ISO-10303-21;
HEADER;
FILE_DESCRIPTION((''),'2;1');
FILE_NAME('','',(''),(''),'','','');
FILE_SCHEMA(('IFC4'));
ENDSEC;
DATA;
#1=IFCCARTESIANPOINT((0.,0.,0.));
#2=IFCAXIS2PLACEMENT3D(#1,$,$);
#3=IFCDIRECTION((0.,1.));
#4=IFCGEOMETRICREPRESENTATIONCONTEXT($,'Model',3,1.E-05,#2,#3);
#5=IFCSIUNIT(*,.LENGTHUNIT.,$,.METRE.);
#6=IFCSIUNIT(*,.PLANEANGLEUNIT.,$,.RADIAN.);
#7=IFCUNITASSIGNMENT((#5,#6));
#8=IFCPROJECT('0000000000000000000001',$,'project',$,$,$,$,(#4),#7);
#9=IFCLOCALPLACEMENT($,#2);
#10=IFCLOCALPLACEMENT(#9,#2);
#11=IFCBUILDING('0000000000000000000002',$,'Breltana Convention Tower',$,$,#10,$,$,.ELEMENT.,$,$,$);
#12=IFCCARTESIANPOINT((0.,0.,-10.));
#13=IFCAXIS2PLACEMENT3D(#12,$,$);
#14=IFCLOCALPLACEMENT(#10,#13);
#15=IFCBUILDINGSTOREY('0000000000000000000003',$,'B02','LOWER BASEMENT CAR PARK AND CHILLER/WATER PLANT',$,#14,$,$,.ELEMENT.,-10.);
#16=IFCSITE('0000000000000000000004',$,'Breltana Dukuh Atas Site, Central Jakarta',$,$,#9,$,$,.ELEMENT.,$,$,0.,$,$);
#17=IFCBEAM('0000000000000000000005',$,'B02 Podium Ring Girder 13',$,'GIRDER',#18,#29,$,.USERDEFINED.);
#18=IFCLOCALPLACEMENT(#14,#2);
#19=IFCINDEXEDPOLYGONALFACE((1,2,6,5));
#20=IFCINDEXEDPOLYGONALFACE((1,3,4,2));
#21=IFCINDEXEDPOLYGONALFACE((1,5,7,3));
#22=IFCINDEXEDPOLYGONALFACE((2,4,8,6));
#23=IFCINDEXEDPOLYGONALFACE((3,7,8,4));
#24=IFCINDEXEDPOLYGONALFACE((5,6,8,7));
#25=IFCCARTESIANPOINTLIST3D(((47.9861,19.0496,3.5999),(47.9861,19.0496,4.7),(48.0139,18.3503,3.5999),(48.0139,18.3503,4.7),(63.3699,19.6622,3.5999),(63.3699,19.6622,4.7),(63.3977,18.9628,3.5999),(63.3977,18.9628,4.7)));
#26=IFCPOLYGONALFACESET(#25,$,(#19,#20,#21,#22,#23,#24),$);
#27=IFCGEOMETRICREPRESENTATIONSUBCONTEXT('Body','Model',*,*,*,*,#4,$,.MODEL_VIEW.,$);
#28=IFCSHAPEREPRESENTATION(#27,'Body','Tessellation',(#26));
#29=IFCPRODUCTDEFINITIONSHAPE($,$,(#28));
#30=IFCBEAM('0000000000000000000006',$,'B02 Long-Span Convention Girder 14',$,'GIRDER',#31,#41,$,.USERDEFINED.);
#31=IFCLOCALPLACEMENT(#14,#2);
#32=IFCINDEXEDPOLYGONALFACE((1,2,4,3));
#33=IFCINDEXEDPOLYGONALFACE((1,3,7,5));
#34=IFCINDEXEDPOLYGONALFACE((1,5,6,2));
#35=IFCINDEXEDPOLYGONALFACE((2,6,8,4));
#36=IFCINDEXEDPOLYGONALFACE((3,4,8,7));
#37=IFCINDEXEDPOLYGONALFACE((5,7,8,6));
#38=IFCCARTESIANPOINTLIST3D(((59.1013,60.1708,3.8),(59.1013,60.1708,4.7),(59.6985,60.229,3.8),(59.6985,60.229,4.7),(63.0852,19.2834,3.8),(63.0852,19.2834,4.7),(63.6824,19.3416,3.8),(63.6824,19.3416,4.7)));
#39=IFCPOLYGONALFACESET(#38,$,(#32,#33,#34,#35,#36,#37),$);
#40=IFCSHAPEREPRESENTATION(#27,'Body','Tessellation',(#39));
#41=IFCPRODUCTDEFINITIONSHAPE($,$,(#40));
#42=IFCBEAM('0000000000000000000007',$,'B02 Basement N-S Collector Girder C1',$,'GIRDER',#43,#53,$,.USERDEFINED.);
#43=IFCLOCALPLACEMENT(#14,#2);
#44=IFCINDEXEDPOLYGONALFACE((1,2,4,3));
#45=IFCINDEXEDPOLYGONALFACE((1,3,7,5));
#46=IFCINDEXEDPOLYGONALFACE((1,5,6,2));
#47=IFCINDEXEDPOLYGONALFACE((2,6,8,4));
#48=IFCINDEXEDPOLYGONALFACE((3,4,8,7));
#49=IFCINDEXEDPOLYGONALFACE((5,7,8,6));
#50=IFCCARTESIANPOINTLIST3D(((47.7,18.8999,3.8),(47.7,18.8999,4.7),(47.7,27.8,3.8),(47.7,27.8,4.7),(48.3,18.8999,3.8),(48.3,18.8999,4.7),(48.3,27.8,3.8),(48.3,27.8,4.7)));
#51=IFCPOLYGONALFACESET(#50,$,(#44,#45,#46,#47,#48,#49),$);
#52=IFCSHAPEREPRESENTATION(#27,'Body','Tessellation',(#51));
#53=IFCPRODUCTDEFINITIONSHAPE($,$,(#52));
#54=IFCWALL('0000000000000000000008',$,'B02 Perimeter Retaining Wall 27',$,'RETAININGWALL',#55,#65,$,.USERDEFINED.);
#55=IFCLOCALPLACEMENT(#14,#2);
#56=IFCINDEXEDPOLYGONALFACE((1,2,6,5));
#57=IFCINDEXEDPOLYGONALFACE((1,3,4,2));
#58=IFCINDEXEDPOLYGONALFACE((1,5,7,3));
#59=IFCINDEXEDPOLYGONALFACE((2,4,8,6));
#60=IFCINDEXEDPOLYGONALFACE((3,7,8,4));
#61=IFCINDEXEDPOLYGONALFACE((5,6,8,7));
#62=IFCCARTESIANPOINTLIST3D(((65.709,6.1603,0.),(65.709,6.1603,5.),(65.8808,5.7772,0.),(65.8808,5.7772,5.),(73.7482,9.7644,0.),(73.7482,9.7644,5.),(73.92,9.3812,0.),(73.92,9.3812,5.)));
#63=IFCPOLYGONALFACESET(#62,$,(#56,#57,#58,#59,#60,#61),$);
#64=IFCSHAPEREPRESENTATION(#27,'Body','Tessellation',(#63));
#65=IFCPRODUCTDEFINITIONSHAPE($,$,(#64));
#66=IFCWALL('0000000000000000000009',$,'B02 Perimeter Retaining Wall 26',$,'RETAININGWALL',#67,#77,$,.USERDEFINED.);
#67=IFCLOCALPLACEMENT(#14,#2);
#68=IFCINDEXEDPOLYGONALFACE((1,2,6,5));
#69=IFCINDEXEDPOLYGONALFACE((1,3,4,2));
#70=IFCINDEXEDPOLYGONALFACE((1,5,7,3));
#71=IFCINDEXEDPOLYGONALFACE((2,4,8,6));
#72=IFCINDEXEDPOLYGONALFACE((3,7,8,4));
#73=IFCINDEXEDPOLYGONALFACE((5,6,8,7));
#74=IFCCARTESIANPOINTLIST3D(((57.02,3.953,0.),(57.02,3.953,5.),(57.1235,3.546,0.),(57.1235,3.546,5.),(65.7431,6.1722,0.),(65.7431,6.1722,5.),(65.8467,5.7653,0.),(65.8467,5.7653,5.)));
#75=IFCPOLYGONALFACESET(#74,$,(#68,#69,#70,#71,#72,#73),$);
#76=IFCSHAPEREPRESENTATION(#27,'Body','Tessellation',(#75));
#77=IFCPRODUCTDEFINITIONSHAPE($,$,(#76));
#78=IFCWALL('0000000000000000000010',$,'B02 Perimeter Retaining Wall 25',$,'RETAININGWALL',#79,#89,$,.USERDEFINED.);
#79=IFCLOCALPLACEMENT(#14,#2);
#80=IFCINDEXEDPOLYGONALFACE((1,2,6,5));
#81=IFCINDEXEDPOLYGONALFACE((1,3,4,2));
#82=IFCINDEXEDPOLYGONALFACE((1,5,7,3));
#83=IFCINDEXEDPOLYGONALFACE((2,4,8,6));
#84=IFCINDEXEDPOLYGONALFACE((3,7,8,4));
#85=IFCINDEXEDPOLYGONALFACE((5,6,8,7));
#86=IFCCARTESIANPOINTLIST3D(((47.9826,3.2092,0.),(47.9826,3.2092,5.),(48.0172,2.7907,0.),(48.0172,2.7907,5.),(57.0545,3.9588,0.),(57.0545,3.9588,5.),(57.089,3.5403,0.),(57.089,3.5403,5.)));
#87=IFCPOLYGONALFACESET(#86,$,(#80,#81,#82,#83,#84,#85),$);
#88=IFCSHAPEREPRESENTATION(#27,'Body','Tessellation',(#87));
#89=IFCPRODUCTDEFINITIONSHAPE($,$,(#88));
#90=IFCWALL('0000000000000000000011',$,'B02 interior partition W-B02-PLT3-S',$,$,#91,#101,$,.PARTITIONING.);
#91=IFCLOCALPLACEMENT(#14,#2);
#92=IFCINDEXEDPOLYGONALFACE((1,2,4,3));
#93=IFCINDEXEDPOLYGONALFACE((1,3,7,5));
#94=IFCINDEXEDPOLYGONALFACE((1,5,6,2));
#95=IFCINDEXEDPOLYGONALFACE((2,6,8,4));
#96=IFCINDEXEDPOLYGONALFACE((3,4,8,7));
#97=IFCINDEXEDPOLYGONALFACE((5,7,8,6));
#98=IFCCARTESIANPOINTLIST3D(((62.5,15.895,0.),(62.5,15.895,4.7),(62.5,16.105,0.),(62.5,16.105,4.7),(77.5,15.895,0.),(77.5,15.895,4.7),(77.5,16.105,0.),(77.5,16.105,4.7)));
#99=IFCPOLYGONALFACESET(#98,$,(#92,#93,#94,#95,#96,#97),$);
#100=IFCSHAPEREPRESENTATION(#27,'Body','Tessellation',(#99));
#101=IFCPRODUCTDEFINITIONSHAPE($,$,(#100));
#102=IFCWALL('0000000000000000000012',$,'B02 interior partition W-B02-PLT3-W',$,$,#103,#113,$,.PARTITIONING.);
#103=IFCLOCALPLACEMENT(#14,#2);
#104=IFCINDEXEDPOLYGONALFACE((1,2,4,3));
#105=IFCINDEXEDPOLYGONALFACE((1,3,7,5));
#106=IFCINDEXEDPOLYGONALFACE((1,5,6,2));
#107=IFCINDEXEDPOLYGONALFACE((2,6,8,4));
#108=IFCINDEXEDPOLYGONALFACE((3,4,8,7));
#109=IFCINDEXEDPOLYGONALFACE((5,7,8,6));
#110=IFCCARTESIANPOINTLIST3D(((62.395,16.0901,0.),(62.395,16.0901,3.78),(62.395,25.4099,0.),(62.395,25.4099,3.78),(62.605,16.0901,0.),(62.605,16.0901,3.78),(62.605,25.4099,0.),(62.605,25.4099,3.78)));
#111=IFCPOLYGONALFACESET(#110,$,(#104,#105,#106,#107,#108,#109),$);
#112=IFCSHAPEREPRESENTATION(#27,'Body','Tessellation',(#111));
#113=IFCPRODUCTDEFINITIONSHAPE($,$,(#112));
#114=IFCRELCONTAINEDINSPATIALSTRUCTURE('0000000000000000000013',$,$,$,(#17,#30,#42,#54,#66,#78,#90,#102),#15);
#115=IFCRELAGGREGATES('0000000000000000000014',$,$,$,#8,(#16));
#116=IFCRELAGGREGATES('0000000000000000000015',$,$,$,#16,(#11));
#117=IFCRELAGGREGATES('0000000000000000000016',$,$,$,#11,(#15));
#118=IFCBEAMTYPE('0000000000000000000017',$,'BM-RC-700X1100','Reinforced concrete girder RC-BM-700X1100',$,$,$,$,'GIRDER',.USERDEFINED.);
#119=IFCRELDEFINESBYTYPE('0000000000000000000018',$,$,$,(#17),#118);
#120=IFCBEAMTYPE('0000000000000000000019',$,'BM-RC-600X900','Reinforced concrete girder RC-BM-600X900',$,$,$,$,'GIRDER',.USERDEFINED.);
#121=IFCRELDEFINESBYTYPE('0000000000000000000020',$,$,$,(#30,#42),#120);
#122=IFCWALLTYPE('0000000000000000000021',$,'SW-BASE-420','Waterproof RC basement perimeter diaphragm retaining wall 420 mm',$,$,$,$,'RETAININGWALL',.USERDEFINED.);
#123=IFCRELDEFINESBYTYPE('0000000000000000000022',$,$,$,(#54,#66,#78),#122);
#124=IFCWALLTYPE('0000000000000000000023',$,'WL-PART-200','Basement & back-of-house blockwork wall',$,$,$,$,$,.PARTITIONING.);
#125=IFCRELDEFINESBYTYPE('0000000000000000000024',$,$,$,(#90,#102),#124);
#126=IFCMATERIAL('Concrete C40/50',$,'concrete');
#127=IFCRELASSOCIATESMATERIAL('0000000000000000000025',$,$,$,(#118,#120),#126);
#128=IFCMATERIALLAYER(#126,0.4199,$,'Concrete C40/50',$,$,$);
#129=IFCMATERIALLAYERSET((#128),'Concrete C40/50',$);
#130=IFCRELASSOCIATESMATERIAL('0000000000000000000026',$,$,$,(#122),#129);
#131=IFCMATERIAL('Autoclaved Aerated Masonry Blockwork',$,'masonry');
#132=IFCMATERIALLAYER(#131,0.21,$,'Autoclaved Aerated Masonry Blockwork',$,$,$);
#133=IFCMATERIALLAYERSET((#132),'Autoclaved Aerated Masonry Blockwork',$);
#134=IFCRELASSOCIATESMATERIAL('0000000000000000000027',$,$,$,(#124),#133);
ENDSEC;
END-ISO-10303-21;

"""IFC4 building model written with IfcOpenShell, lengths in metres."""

from ifc_helpers import new_model, si_unit, direction, frame, frame_2d, origin, origin_2d, place, context, subcontext, project, spatial, rectangle, extrude, source, transform, mapped, material, layer, layer_set, material_profile, profile_set, type_object, type_shapes, element, save


model = new_model("IFC4")

# Units and contexts
model_context = context("Model", 3, precision=1e-05, world=origin(), true_north=direction((0.0, 1.0)))
body_context = subcontext(model_context, "Body", "Model", "MODEL_VIEW")
ifc_project = project(units=[si_unit("LENGTHUNIT", "METRE"), si_unit("PLANEANGLEUNIT", "RADIAN")], contexts=[model_context])

# Site, building, storey
site_placement = place(None, origin())
site = spatial("IfcSite", under=ifc_project, at=site_placement, Name="Breltana Dukuh Atas Site, Central Jakarta", CompositionType="ELEMENT", RefElevation=0.0)
building_placement = place(site_placement, origin())
building = spatial("IfcBuilding", under=site, at=building_placement, Name="Breltana Convention Tower", CompositionType="ELEMENT")
storey_placement = place(building_placement, frame((0.0, 0.0, -10.0)))
storey = spatial("IfcBuildingStorey", under=building, at=storey_placement, Name="B02", Description="LOWER BASEMENT CAR PARK AND CHILLER/WATER PLANT", CompositionType="ELEMENT", Elevation=-10.0)

# Shared definitions
ifc_material_1 = material(Name="Concrete C40/50", Category="concrete")

# Beams
ifc_material_profile_1 = material_profile(ifc_material_1, rectangle(XDim=0.7, YDim=1.1001, at=origin_2d()), Name="RC-BM-700X1100")
ifc_profile_set_1 = profile_set([ifc_material_profile_1], Name="Concrete C40/50")
beam_type_1 = type_object("IfcBeamType", Name="BM-RC-700X1100", Description="Reinforced concrete girder RC-BM-700X1100", ElementType="GIRDER", PredefinedType="USERDEFINED", material=ifc_profile_set_1)
shared_shape_1 = source(origin(), body_context, "Body", "SweptSolid", [
    extrude(rectangle(XDim=0.7, YDim=1.1001, at=origin_2d()), origin(), (0.0, 0.0, 1.0), 15.396),
])
beam_1_placement = place(storey_placement, frame((48.0, 18.7, 4.1499), z_axis=(0.999208, 0.039786, 0.0), x_axis=(-0.039786, 0.999208, 0.0)))
element("IfcBeam", 1, at=beam_1_placement, inside=storey, type_object=beam_type_1, Name="B02 Podium Ring Girder 13", ObjectType="GIRDER", PredefinedType="USERDEFINED", context=body_context, shape_type="MappedRepresentation", body=[
    mapped(shared_shape_1, transform((0.0, 0.0, 0.0), scale=1.0)),
])
ifc_material_profile_2 = material_profile(ifc_material_1, rectangle(XDim=0.6001, YDim=0.8999, at=origin_2d()), Name="RC-BM-600X900")
ifc_profile_set_2 = profile_set([ifc_material_profile_2], Name="Concrete C40/50")
beam_type_2 = type_object("IfcBeamType", Name="BM-RC-600X900", Description="Reinforced concrete girder RC-BM-600X900", ElementType="GIRDER", PredefinedType="USERDEFINED", material=ifc_profile_set_2)
shared_shape_2 = source(origin(), body_context, "Body", "SweptSolid", [
    extrude(rectangle(XDim=0.6001, YDim=0.8999, at=origin_2d()), origin(), (0.0, 0.0, 1.0), 41.0811),
])
beam_2_placement = place(storey_placement, frame((63.3838, 19.3125, 4.25), z_axis=(-0.096976, 0.995287, 0.0), x_axis=(-0.995287, -0.096976, 0.0)))
element("IfcBeam", 2, at=beam_2_placement, inside=storey, type_object=beam_type_2, Name="B02 Long-Span Convention Girder 14", ObjectType="GIRDER", PredefinedType="USERDEFINED", context=body_context, shape_type="MappedRepresentation", body=[
    mapped(shared_shape_2, transform((0.0, 0.0, 0.0), scale=1.0)),
])
shared_shape_3 = source(origin(), body_context, "Body", "SweptSolid", [
    extrude(rectangle(XDim=0.6001, YDim=0.8999, at=origin_2d()), origin(), (0.0, 0.0, 1.0), 8.9001),
])
beam_3_placement = place(storey_placement, frame((48.0, 18.8999, 4.25), z_axis=(0.0, 1.0, 0.0), x_axis=(-1.0, 0.0, 0.0)))
element("IfcBeam", 3, at=beam_3_placement, inside=storey, type_object=beam_type_2, Name="B02 Basement N-S Collector Girder C1", ObjectType="GIRDER", PredefinedType="USERDEFINED", context=body_context, shape_type="MappedRepresentation", body=[
    mapped(shared_shape_3, transform((0.0, 0.0, 0.0), scale=1.0)),
])

# Walls
ifc_layer_1 = layer(ifc_material_1, 0.4199, Name="Concrete C40/50")
ifc_layer_set_1 = layer_set([ifc_layer_1], Name="Concrete C40/50")
wall_type_1 = type_object("IfcWallType", Name="SW-BASE-420", Description="Waterproof RC basement perimeter diaphragm retaining wall 420 mm", ElementType="RETAININGWALL", PredefinedType="USERDEFINED", material=ifc_layer_set_1)
shared_shape_4 = source(origin(), body_context, "Body", "SweptSolid", [
    extrude(rectangle(XDim=8.8101, YDim=0.4199, at=frame_2d((4.405, 0.0))), origin(), (0.0, 0.0, 1.0), 5.0),
])
wall_1_placement = place(storey_placement, frame((65.7949, 5.9688, 0.0), z_axis=(0.0, 0.0, 1.0), x_axis=(0.912497, 0.409083, 0.0)))
element("IfcWall", 4, at=wall_1_placement, inside=storey, type_object=wall_type_1, Name="B02 Perimeter Retaining Wall 27", ObjectType="RETAININGWALL", PredefinedType="USERDEFINED", context=body_context, shape_type="MappedRepresentation", body=[
    mapped(shared_shape_4, transform((0.0, 0.0, 0.0), scale=1.0)),
])
shared_shape_5 = source(origin(), body_context, "Body", "SweptSolid", [
    extrude(rectangle(XDim=9.001, YDim=0.4199, at=frame_2d((4.5005, 0.0))), origin(), (0.0, 0.0, 1.0), 5.0),
])
wall_2_placement = place(storey_placement, frame((57.0718, 3.7495, 0.0), z_axis=(0.0, 0.0, 1.0), x_axis=(0.969129, 0.246554, 0.0)))
element("IfcWall", 5, at=wall_2_placement, inside=storey, type_object=wall_type_1, Name="B02 Perimeter Retaining Wall 26", ObjectType="RETAININGWALL", PredefinedType="USERDEFINED", context=body_context, shape_type="MappedRepresentation", body=[
    mapped(shared_shape_5, transform((0.0, 0.0, 0.0), scale=1.0)),
])
shared_shape_6 = source(origin(), body_context, "Body", "SweptSolid", [
    extrude(rectangle(XDim=9.1028, YDim=0.4199, at=frame_2d((4.5513, 0.0))), origin(), (0.0, 0.0, 1.0), 5.0),
])
wall_3_placement = place(storey_placement, frame((48.0, 3.0, 0.0), z_axis=(0.0, 0.0, 1.0), x_axis=(0.996604, 0.08234, 0.0)))
element("IfcWall", 6, at=wall_3_placement, inside=storey, type_object=wall_type_1, Name="B02 Perimeter Retaining Wall 25", ObjectType="RETAININGWALL", PredefinedType="USERDEFINED", context=body_context, shape_type="MappedRepresentation", body=[
    mapped(shared_shape_6, transform((0.0, 0.0, 0.0), scale=1.0)),
])
ifc_material_2 = material(Name="Autoclaved Aerated Masonry Blockwork", Category="masonry")
ifc_layer_2 = layer(ifc_material_2, 0.21, Name="Autoclaved Aerated Masonry Blockwork")
ifc_layer_set_2 = layer_set([ifc_layer_2], Name="Autoclaved Aerated Masonry Blockwork")
wall_type_2 = type_object("IfcWallType", Name="WL-PART-200", Description="Basement & back-of-house blockwork wall", PredefinedType="PARTITIONING", material=ifc_layer_set_2)
shared_shape_7 = source(origin(), body_context, "Body", "SweptSolid", [
    extrude(rectangle(XDim=15.0, YDim=0.21, at=frame_2d((7.5, 0.0))), origin(), (0.0, 0.0, 1.0), 4.7),
])
type_shapes(wall_type_2, [shared_shape_7])
wall_4_placement = place(storey_placement, frame((62.5, 16.0, 0.0), z_axis=(0.0, 0.0, 1.0), x_axis=(1.0, 0.0, 0.0)))
element("IfcWall", 7, at=wall_4_placement, inside=storey, type_object=wall_type_2, Name="B02 interior partition W-B02-PLT3-S", PredefinedType="PARTITIONING", context=body_context, shape_type="MappedRepresentation", body=[
    mapped(shared_shape_7, transform((0.0, 0.0, 0.0), scale=1.0)),
])
shared_shape_8 = source(origin(), body_context, "Body", "SweptSolid", [
    extrude(rectangle(XDim=9.3198, YDim=0.21, at=frame_2d((4.6599, 0.0))), origin(), (0.0, 0.0, 1.0), 3.78),
])
wall_5_placement = place(storey_placement, frame((62.5, 16.0901, 0.0), z_axis=(0.0, 0.0, 1.0), x_axis=(0.0, 1.0, 0.0)))
element("IfcWall", 8, at=wall_5_placement, inside=storey, type_object=wall_type_2, Name="B02 interior partition W-B02-PLT3-W", PredefinedType="PARTITIONING", context=body_context, shape_type="MappedRepresentation", body=[
    mapped(shared_shape_8, transform((0.0, 0.0, 0.0), scale=1.0)),
])

save(model, "model.ifc")
